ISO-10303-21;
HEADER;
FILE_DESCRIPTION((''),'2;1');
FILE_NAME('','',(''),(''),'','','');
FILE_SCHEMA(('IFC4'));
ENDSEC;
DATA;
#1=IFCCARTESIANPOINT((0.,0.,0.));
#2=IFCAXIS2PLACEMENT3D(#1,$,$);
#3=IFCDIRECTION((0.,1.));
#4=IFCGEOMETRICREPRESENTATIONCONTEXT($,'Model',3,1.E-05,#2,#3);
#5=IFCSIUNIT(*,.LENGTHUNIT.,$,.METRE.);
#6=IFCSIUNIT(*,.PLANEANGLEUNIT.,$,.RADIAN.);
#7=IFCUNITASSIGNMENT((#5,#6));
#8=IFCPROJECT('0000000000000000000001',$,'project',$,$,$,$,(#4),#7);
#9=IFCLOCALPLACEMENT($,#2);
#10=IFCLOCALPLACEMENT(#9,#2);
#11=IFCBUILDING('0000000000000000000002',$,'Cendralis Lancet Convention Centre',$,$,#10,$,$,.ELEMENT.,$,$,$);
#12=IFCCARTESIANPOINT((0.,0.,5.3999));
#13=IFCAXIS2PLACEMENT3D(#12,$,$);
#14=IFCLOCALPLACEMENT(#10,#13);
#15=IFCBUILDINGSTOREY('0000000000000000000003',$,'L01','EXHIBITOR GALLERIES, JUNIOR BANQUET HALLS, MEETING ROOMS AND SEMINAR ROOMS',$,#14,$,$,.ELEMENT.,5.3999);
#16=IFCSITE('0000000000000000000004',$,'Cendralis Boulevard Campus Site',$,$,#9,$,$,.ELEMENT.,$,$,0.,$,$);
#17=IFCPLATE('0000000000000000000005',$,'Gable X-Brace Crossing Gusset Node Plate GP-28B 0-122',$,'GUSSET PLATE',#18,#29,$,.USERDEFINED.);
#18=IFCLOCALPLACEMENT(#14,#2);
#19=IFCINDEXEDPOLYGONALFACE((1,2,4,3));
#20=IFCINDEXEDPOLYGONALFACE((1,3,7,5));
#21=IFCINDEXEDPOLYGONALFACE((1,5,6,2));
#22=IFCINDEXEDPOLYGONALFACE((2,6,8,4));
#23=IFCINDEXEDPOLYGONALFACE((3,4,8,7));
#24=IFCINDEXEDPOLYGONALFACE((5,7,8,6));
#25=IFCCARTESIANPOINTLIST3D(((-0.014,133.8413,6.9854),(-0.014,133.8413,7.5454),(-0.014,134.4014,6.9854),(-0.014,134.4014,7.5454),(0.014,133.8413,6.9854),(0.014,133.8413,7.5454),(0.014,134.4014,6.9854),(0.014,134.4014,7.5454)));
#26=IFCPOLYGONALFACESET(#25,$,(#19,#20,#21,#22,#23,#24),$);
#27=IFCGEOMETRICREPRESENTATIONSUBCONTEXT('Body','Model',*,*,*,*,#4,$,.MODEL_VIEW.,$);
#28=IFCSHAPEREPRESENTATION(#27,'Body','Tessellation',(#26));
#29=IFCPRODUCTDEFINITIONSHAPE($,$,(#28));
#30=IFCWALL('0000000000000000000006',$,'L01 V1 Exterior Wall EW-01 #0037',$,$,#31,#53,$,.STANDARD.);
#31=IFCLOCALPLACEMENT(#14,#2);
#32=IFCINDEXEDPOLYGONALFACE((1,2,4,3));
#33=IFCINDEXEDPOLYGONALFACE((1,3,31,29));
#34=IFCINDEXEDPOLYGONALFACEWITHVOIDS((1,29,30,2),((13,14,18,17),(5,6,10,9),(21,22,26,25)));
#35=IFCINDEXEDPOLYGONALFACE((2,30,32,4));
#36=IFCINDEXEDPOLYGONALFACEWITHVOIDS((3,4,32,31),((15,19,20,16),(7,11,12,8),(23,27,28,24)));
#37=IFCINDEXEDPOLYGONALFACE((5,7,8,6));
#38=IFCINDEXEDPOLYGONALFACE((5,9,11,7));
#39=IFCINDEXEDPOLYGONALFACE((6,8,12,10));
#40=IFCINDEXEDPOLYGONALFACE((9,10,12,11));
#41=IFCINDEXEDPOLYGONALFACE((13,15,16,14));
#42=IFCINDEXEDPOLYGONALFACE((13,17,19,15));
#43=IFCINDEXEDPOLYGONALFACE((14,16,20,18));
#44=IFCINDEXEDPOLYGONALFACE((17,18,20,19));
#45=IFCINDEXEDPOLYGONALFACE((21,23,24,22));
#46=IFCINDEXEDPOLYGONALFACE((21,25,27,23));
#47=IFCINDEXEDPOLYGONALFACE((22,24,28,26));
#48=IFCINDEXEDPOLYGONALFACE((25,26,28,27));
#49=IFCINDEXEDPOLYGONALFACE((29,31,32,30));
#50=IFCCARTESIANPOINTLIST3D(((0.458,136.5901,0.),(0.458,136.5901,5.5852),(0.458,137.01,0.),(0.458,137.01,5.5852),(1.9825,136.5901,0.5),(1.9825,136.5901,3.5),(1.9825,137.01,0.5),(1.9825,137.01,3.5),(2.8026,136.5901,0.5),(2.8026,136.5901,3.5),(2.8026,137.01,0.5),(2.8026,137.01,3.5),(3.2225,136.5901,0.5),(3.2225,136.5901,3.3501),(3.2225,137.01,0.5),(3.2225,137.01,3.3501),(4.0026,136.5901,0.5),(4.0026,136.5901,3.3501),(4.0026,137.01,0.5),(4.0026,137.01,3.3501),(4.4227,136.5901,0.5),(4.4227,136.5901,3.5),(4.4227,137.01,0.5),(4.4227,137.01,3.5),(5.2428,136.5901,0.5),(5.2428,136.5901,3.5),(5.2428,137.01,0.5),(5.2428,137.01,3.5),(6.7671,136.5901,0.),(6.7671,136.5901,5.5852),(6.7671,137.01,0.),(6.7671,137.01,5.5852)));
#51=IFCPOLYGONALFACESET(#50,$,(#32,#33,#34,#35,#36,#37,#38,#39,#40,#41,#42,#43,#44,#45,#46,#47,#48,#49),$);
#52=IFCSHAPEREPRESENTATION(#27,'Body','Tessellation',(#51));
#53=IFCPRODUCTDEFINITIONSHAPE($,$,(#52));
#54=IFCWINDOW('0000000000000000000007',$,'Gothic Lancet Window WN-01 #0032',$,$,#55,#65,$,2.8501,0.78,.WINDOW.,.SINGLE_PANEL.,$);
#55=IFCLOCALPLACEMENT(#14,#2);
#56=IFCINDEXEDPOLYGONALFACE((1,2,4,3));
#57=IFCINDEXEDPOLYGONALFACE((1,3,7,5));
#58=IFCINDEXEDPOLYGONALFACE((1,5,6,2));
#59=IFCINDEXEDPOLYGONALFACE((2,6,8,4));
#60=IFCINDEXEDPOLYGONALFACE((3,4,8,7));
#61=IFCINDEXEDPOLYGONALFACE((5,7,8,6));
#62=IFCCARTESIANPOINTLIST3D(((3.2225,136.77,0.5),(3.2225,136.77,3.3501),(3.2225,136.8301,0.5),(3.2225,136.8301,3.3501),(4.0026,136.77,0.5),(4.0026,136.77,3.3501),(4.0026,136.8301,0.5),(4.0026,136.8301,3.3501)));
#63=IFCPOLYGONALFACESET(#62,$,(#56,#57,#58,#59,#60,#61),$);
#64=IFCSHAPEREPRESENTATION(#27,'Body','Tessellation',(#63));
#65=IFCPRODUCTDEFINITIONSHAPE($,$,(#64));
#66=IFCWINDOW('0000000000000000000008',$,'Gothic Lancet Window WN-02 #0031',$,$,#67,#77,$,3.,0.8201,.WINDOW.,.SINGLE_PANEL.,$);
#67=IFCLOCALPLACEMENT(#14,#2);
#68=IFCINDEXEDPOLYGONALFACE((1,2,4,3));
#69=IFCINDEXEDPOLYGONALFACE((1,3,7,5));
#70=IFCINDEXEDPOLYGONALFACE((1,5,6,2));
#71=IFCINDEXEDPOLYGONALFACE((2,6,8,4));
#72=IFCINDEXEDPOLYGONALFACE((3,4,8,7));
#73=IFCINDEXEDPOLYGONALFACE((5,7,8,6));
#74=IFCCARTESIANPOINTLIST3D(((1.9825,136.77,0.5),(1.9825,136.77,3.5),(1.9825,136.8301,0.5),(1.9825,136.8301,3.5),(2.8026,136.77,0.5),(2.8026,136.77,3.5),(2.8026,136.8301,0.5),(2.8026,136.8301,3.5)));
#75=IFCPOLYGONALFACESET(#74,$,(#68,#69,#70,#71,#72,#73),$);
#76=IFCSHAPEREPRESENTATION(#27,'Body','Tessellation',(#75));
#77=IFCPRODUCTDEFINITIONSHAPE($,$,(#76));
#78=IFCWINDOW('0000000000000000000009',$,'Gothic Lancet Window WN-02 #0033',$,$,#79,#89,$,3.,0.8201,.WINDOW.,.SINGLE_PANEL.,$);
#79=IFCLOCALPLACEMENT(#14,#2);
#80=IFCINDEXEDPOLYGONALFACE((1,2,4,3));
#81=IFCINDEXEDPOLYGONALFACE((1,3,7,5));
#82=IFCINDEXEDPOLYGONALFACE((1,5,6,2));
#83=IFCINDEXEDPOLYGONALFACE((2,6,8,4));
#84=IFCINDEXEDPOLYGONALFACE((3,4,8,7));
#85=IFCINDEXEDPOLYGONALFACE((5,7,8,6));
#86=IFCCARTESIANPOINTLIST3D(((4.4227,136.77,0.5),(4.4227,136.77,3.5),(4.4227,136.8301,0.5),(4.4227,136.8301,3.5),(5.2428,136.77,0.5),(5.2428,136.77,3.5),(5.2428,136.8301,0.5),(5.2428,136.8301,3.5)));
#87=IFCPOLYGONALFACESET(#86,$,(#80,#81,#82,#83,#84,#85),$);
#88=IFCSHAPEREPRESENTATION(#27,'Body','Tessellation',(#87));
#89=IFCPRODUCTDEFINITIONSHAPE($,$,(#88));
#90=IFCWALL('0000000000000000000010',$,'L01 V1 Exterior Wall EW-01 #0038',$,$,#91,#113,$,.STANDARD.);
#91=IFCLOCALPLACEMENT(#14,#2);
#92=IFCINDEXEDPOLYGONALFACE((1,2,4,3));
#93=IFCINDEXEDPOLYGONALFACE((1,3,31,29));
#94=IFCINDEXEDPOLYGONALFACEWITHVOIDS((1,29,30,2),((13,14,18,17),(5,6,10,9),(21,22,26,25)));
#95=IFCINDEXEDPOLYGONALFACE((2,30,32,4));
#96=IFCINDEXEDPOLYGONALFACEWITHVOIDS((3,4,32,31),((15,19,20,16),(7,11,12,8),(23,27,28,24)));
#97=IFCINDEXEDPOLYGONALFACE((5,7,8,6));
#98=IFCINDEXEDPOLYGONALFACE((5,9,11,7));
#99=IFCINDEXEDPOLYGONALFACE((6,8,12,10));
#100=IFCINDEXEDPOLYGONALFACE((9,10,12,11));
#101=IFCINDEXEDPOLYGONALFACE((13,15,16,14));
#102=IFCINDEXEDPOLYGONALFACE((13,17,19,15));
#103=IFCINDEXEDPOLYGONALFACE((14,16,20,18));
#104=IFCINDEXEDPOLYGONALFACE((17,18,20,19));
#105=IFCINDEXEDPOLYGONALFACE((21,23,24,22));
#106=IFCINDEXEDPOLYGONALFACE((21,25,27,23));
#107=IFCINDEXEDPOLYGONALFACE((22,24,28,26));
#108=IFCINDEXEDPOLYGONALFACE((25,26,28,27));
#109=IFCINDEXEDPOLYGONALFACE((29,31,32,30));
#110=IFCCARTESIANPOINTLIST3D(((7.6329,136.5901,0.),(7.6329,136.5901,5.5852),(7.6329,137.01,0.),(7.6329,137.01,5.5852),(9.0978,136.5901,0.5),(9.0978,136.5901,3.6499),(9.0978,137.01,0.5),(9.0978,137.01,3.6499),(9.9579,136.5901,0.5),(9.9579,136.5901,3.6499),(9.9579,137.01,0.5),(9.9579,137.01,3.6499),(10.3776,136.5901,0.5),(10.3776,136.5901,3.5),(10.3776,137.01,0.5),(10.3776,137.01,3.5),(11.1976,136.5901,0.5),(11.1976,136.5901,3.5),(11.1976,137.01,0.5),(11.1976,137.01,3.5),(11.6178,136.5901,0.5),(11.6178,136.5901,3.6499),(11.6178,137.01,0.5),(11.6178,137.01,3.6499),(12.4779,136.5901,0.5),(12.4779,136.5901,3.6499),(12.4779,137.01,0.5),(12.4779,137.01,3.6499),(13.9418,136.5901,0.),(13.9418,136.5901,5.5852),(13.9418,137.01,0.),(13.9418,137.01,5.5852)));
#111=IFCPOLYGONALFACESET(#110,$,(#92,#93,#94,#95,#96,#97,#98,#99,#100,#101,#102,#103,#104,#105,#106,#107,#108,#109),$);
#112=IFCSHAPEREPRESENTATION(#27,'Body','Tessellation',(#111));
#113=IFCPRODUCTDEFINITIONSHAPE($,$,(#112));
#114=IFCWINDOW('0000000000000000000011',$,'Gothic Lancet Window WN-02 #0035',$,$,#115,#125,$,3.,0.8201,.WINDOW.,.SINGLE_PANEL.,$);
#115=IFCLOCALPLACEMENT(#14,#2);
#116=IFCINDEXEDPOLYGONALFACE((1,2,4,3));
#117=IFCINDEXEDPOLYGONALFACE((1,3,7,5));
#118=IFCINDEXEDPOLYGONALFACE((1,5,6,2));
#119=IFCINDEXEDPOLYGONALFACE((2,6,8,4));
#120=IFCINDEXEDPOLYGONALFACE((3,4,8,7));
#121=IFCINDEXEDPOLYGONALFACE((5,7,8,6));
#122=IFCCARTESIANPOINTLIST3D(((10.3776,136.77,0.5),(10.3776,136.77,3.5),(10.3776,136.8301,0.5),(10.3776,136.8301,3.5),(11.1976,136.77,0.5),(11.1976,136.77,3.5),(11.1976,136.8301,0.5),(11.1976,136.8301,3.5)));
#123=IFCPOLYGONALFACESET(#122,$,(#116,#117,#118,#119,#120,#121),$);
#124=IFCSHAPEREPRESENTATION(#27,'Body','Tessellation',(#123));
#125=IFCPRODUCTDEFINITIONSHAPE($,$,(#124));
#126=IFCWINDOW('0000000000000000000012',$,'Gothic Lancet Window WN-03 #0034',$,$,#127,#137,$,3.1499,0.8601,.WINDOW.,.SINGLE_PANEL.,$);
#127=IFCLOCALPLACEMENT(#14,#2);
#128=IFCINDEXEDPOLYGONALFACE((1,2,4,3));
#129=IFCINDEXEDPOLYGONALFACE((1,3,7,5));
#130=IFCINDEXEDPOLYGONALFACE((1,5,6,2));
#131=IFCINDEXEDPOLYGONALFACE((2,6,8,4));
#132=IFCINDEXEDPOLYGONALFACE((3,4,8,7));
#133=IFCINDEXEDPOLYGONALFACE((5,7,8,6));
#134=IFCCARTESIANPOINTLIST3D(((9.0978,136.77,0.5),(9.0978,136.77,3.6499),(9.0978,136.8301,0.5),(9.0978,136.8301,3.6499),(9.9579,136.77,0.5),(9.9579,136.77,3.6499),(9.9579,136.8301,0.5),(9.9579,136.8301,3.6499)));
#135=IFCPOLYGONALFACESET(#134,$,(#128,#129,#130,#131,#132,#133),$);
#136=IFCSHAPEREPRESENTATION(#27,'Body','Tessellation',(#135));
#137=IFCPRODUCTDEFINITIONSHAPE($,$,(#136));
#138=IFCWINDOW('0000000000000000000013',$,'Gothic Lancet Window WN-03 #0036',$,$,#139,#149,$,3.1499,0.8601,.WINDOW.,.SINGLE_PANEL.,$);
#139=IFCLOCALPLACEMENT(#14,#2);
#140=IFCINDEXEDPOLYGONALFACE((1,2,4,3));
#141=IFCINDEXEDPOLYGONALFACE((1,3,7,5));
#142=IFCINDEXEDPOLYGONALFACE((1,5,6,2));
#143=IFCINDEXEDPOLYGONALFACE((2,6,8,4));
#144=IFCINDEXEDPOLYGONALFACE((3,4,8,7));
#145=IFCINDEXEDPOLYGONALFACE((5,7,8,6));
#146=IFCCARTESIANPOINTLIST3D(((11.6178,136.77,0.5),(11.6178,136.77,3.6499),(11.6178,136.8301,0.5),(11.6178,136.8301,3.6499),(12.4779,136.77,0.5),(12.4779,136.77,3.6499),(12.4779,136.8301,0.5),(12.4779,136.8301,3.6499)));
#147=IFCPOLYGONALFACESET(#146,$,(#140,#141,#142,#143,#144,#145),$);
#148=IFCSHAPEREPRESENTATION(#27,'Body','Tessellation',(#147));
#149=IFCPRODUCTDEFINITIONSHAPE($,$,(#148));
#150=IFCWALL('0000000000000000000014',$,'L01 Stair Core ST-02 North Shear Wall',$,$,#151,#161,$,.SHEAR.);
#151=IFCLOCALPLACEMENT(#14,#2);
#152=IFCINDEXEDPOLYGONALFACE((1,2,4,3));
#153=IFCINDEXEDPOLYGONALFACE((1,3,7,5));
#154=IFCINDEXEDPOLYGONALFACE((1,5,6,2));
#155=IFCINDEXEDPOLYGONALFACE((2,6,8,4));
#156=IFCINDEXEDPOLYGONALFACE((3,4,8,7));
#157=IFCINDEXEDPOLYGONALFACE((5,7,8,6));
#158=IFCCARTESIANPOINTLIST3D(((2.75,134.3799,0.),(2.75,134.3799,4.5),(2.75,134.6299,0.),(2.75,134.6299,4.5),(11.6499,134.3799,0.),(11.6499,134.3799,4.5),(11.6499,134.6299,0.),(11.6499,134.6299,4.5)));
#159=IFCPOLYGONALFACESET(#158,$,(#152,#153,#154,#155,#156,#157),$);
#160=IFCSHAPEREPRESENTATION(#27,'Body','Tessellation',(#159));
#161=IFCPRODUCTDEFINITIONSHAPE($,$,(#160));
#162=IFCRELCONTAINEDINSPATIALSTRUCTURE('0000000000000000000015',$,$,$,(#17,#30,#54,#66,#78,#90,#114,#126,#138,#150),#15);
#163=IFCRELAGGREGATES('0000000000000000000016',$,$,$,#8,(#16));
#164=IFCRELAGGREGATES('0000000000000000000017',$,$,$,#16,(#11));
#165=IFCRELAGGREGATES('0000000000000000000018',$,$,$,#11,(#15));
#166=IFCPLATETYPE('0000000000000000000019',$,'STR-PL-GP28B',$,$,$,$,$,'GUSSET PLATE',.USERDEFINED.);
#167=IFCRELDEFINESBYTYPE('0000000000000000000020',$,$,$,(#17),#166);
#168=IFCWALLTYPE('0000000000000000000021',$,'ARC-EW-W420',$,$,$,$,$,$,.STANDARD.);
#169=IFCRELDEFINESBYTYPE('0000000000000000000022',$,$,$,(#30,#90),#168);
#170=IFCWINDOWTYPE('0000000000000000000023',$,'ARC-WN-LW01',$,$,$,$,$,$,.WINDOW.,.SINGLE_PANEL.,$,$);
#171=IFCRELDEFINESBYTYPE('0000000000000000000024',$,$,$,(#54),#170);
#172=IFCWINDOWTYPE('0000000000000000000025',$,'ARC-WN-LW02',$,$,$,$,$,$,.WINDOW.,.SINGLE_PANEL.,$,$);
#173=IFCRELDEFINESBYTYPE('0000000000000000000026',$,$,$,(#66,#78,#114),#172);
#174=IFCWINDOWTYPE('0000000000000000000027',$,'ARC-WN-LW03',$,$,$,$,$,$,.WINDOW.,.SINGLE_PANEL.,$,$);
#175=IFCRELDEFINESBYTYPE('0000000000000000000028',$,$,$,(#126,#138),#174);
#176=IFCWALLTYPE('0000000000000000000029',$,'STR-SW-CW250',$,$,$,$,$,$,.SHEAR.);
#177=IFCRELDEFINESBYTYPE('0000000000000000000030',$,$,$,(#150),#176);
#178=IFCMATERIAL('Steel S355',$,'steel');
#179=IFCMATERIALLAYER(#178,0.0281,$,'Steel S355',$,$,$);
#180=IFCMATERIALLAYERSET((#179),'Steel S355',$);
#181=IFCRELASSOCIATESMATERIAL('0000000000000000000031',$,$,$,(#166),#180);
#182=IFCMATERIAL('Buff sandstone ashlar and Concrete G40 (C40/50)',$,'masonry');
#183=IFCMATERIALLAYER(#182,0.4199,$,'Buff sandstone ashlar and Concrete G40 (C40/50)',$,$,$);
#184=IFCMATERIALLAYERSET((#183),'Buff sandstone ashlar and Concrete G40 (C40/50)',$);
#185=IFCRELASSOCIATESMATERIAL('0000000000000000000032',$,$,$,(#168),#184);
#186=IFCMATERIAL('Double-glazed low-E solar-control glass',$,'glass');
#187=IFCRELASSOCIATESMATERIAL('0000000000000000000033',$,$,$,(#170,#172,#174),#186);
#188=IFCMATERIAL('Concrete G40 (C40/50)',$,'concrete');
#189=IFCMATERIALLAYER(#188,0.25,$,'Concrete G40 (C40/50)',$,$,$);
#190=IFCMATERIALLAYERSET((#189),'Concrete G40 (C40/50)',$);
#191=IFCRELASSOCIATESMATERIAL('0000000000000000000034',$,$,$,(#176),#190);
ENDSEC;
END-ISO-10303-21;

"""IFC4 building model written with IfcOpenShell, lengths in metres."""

from ifc_helpers import new_model, si_unit, direction, frame, frame_2d, origin, origin_2d, place, context, subcontext, project, spatial, rectangle, extrude, material, layer, layer_set, type_object, element, fill, save


model = new_model("IFC4")

# Units and contexts
model_context = context("Model", 3, precision=1e-05, world=origin(), true_north=direction((0.0, 1.0)))
body_context = subcontext(model_context, "Body", "Model", "MODEL_VIEW")
ifc_project = project(units=[si_unit("LENGTHUNIT", "METRE"), si_unit("PLANEANGLEUNIT", "RADIAN")], contexts=[model_context])

# Site, building, storey
site_placement = place(None, origin())
site = spatial("IfcSite", under=ifc_project, at=site_placement, Name="Cendralis Boulevard Campus Site", CompositionType="ELEMENT", RefElevation=0.0)
building_placement = place(site_placement, origin())
building = spatial("IfcBuilding", under=site, at=building_placement, Name="Cendralis Lancet Convention Centre", CompositionType="ELEMENT")
storey_placement = place(building_placement, frame((0.0, 0.0, 5.3999)))
storey = spatial("IfcBuildingStorey", under=building, at=storey_placement, Name="L01", Description="EXHIBITOR GALLERIES, JUNIOR BANQUET HALLS, MEETING ROOMS AND SEMINAR ROOMS", CompositionType="ELEMENT", Elevation=5.3999)

# Shared definitions
ifc_material_1 = material(Name="Concrete G40 (C40/50)", Category="concrete")

# Shared definitions
ifc_material_2 = material(Name="Steel S355", Category="steel")

# Plate
ifc_material_3 = material(Name="Double-glazed low-E solar-control glass", Category="glass")
ifc_layer_1 = layer(ifc_material_2, 0.0281, Name="Steel S355")
ifc_layer_set_1 = layer_set([ifc_layer_1], Name="Steel S355")
plate_type_1 = type_object("IfcPlateType", Name="STR-PL-GP28B", ElementType="GUSSET PLATE", PredefinedType="USERDEFINED", material=ifc_layer_set_1)
plate_1_placement = place(storey_placement, frame((0.0, 134.1213, 6.9854), z_axis=(0.0, 0.0, 1.0), x_axis=(0.0, 1.0, 0.0)))
element("IfcPlate", 1, at=plate_1_placement, inside=storey, type_object=plate_type_1, Name="Gable X-Brace Crossing Gusset Node Plate GP-28B 0-122", ObjectType="GUSSET PLATE", PredefinedType="USERDEFINED", context=body_context, shape_type="SweptSolid", body=[
    extrude(rectangle(XDim=0.5601, YDim=0.0281, at=origin_2d()), origin(), (0.0, 0.0, 1.0), 0.5601),
])

# Walls, openings, windows
ifc_material_4 = material(Name="Buff sandstone ashlar and Concrete G40 (C40/50)", Category="masonry")
ifc_layer_2 = layer(ifc_material_4, 0.4199, Name="Buff sandstone ashlar and Concrete G40 (C40/50)")
ifc_layer_set_2 = layer_set([ifc_layer_2], Name="Buff sandstone ashlar and Concrete G40 (C40/50)")
wall_type_1 = type_object("IfcWallType", Name="ARC-EW-W420", PredefinedType="STANDARD", material=ifc_layer_set_2)
wall_1_placement = place(storey_placement, frame((0.458, 136.8, 0.0), z_axis=(0.0, 0.0, 1.0), x_axis=(1.0, 0.0, 0.0)))
wall_1 = element("IfcWall", 2, at=wall_1_placement, inside=storey, type_object=wall_type_1, Name="L01 V1 Exterior Wall EW-01 #0037", PredefinedType="STANDARD", context=body_context, shape_type="SweptSolid", body=[
    extrude(rectangle(XDim=6.3091, YDim=0.4199, at=frame_2d((3.1545, 0.0))), origin(), (0.0, 0.0, 1.0), 5.5852),
])
opening_1_placement = place(wall_1_placement, frame((1.5244, 0.0, 0.5)))
opening_1 = element("IfcOpeningElement", 3, at=opening_1_placement, cuts=wall_1, PredefinedType="OPENING", context=body_context, shape_type="SweptSolid", body=[
    extrude(rectangle(XDim=0.8201, YDim=3.0, at=frame_2d((0.4102, 1.5))), frame((0.0, 0.22, 0.0), z_axis=(0.0, -1.0, 0.0), x_axis=(1.0, 0.0, 0.0)), (0.0, 0.0, 1.0), 0.4399),
])
opening_2_placement = place(wall_1_placement, frame((2.7644, 0.0, 0.5)))
opening_2 = element("IfcOpeningElement", 4, at=opening_2_placement, cuts=wall_1, PredefinedType="OPENING", context=body_context, shape_type="SweptSolid", body=[
    extrude(rectangle(XDim=0.78, YDim=2.8501, at=frame_2d((0.3901, 1.425))), frame((0.0, 0.22, 0.0), z_axis=(0.0, -1.0, 0.0), x_axis=(1.0, 0.0, 0.0)), (0.0, 0.0, 1.0), 0.4399),
])
opening_3_placement = place(wall_1_placement, frame((3.9646, 0.0, 0.5)))
opening_3 = element("IfcOpeningElement", 5, at=opening_3_placement, cuts=wall_1, PredefinedType="OPENING", context=body_context, shape_type="SweptSolid", body=[
    extrude(rectangle(XDim=0.8201, YDim=3.0, at=frame_2d((0.4102, 1.5))), frame((0.0, 0.22, 0.0), z_axis=(0.0, -1.0, 0.0), x_axis=(1.0, 0.0, 0.0)), (0.0, 0.0, 1.0), 0.4399),
])
window_type_1 = type_object("IfcWindowType", Name="ARC-WN-LW01", PartitioningType="SINGLE_PANEL", PredefinedType="WINDOW", material=ifc_material_3)
window_1_placement = place(opening_2_placement, origin())
window_1 = element("IfcWindow", 6, at=window_1_placement, inside=storey, type_object=window_type_1, Name="Gothic Lancet Window WN-01 #0032", OverallHeight=2.8501, OverallWidth=0.78, PartitioningType="SINGLE_PANEL", PredefinedType="WINDOW", context=body_context, shape_type="SweptSolid", body=[
    extrude(rectangle(XDim=0.78, YDim=2.8501, at=frame_2d((0.3901, 1.425))), frame((0.0, 0.03, 0.0), z_axis=(0.0, -1.0, 0.0), x_axis=(1.0, 0.0, 0.0)), (0.0, 0.0, 1.0), 0.0601),
])
fill(opening_2, window_1)
window_type_2 = type_object("IfcWindowType", Name="ARC-WN-LW02", PartitioningType="SINGLE_PANEL", PredefinedType="WINDOW", material=ifc_material_3)
window_2_placement = place(opening_1_placement, origin())
window_2 = element("IfcWindow", 7, at=window_2_placement, inside=storey, type_object=window_type_2, Name="Gothic Lancet Window WN-02 #0031", OverallHeight=3.0, OverallWidth=0.8201, PartitioningType="SINGLE_PANEL", PredefinedType="WINDOW", context=body_context, shape_type="SweptSolid", body=[
    extrude(rectangle(XDim=0.8201, YDim=3.0, at=frame_2d((0.4102, 1.5))), frame((0.0, 0.03, 0.0), z_axis=(0.0, -1.0, 0.0), x_axis=(1.0, 0.0, 0.0)), (0.0, 0.0, 1.0), 0.0601),
])
fill(opening_1, window_2)
window_3_placement = place(opening_3_placement, origin())
window_3 = element("IfcWindow", 8, at=window_3_placement, inside=storey, type_object=window_type_2, Name="Gothic Lancet Window WN-02 #0033", OverallHeight=3.0, OverallWidth=0.8201, PartitioningType="SINGLE_PANEL", PredefinedType="WINDOW", context=body_context, shape_type="SweptSolid", body=[
    extrude(rectangle(XDim=0.8201, YDim=3.0, at=frame_2d((0.4102, 1.5))), frame((0.0, 0.03, 0.0), z_axis=(0.0, -1.0, 0.0), x_axis=(1.0, 0.0, 0.0)), (0.0, 0.0, 1.0), 0.0601),
])
fill(opening_3, window_3)
wall_2_placement = place(storey_placement, frame((7.6331, 136.8, 0.0), z_axis=(0.0, 0.0, 1.0), x_axis=(1.0, 0.0, 0.0)))
wall_2 = element("IfcWall", 9, at=wall_2_placement, inside=storey, type_object=wall_type_1, Name="L01 V1 Exterior Wall EW-01 #0038", PredefinedType="STANDARD", context=body_context, shape_type="SweptSolid", body=[
    extrude(rectangle(XDim=6.3088, YDim=0.4199, at=frame_2d((3.1543, 0.0))), origin(), (0.0, 0.0, 1.0), 5.5852),
])
opening_4_placement = place(wall_2_placement, frame((1.4646, 0.0, 0.5)))
opening_4 = element("IfcOpeningElement", 10, at=opening_4_placement, cuts=wall_2, PredefinedType="OPENING", context=body_context, shape_type="SweptSolid", body=[
    extrude(rectangle(XDim=0.8601, YDim=3.1499, at=frame_2d((0.4302, 1.575))), frame((0.0, 0.22, 0.0), z_axis=(0.0, -1.0, 0.0), x_axis=(1.0, 0.0, 0.0)), (0.0, 0.0, 1.0), 0.4399),
])
opening_5_placement = place(wall_2_placement, frame((2.7444, 0.0, 0.5)))
opening_5 = element("IfcOpeningElement", 11, at=opening_5_placement, cuts=wall_2, PredefinedType="OPENING", context=body_context, shape_type="SweptSolid", body=[
    extrude(rectangle(XDim=0.8201, YDim=3.0, at=frame_2d((0.4102, 1.5))), frame((0.0, 0.22, 0.0), z_axis=(0.0, -1.0, 0.0), x_axis=(1.0, 0.0, 0.0)), (0.0, 0.0, 1.0), 0.4399),
])
opening_6_placement = place(wall_2_placement, frame((3.9846, 0.0, 0.5)))
opening_6 = element("IfcOpeningElement", 12, at=opening_6_placement, cuts=wall_2, PredefinedType="OPENING", context=body_context, shape_type="SweptSolid", body=[
    extrude(rectangle(XDim=0.8601, YDim=3.1499, at=frame_2d((0.4302, 1.575))), frame((0.0, 0.22, 0.0), z_axis=(0.0, -1.0, 0.0), x_axis=(1.0, 0.0, 0.0)), (0.0, 0.0, 1.0), 0.4399),
])
window_4_placement = place(opening_5_placement, origin())
window_4 = element("IfcWindow", 13, at=window_4_placement, inside=storey, type_object=window_type_2, Name="Gothic Lancet Window WN-02 #0035", OverallHeight=3.0, OverallWidth=0.8201, PartitioningType="SINGLE_PANEL", PredefinedType="WINDOW", context=body_context, shape_type="SweptSolid", body=[
    extrude(rectangle(XDim=0.8201, YDim=3.0, at=frame_2d((0.4102, 1.5))), frame((0.0, 0.03, 0.0), z_axis=(0.0, -1.0, 0.0), x_axis=(1.0, 0.0, 0.0)), (0.0, 0.0, 1.0), 0.0601),
])
fill(opening_5, window_4)
window_type_3 = type_object("IfcWindowType", Name="ARC-WN-LW03", PartitioningType="SINGLE_PANEL", PredefinedType="WINDOW", material=ifc_material_3)
window_5_placement = place(opening_4_placement, origin())
window_5 = element("IfcWindow", 14, at=window_5_placement, inside=storey, type_object=window_type_3, Name="Gothic Lancet Window WN-03 #0034", OverallHeight=3.1499, OverallWidth=0.8601, PartitioningType="SINGLE_PANEL", PredefinedType="WINDOW", context=body_context, shape_type="SweptSolid", body=[
    extrude(rectangle(XDim=0.8601, YDim=3.1499, at=frame_2d((0.4302, 1.575))), frame((0.0, 0.03, 0.0), z_axis=(0.0, -1.0, 0.0), x_axis=(1.0, 0.0, 0.0)), (0.0, 0.0, 1.0), 0.0601),
])
fill(opening_4, window_5)
window_6_placement = place(opening_6_placement, origin())
window_6 = element("IfcWindow", 15, at=window_6_placement, inside=storey, type_object=window_type_3, Name="Gothic Lancet Window WN-03 #0036", OverallHeight=3.1499, OverallWidth=0.8601, PartitioningType="SINGLE_PANEL", PredefinedType="WINDOW", context=body_context, shape_type="SweptSolid", body=[
    extrude(rectangle(XDim=0.8601, YDim=3.1499, at=frame_2d((0.4302, 1.575))), frame((0.0, 0.03, 0.0), z_axis=(0.0, -1.0, 0.0), x_axis=(1.0, 0.0, 0.0)), (0.0, 0.0, 1.0), 0.0601),
])
fill(opening_6, window_6)

# Wall
ifc_layer_3 = layer(ifc_material_1, 0.25, Name="Concrete G40 (C40/50)")
ifc_layer_set_3 = layer_set([ifc_layer_3], Name="Concrete G40 (C40/50)")
wall_type_2 = type_object("IfcWallType", Name="STR-SW-CW250", PredefinedType="SHEAR", material=ifc_layer_set_3)
wall_3_placement = place(storey_placement, frame((2.75, 134.5049, 0.0), z_axis=(0.0, 0.0, 1.0), x_axis=(1.0, 0.0, 0.0)))
element("IfcWall", 16, at=wall_3_placement, inside=storey, type_object=wall_type_2, Name="L01 Stair Core ST-02 North Shear Wall", PredefinedType="SHEAR", context=body_context, shape_type="SweptSolid", body=[
    extrude(rectangle(XDim=8.8999, YDim=0.25, at=frame_2d((4.45, 0.0))), origin(), (0.0, 0.0, 1.0), 4.5),
])

save(model, "model.ifc")
